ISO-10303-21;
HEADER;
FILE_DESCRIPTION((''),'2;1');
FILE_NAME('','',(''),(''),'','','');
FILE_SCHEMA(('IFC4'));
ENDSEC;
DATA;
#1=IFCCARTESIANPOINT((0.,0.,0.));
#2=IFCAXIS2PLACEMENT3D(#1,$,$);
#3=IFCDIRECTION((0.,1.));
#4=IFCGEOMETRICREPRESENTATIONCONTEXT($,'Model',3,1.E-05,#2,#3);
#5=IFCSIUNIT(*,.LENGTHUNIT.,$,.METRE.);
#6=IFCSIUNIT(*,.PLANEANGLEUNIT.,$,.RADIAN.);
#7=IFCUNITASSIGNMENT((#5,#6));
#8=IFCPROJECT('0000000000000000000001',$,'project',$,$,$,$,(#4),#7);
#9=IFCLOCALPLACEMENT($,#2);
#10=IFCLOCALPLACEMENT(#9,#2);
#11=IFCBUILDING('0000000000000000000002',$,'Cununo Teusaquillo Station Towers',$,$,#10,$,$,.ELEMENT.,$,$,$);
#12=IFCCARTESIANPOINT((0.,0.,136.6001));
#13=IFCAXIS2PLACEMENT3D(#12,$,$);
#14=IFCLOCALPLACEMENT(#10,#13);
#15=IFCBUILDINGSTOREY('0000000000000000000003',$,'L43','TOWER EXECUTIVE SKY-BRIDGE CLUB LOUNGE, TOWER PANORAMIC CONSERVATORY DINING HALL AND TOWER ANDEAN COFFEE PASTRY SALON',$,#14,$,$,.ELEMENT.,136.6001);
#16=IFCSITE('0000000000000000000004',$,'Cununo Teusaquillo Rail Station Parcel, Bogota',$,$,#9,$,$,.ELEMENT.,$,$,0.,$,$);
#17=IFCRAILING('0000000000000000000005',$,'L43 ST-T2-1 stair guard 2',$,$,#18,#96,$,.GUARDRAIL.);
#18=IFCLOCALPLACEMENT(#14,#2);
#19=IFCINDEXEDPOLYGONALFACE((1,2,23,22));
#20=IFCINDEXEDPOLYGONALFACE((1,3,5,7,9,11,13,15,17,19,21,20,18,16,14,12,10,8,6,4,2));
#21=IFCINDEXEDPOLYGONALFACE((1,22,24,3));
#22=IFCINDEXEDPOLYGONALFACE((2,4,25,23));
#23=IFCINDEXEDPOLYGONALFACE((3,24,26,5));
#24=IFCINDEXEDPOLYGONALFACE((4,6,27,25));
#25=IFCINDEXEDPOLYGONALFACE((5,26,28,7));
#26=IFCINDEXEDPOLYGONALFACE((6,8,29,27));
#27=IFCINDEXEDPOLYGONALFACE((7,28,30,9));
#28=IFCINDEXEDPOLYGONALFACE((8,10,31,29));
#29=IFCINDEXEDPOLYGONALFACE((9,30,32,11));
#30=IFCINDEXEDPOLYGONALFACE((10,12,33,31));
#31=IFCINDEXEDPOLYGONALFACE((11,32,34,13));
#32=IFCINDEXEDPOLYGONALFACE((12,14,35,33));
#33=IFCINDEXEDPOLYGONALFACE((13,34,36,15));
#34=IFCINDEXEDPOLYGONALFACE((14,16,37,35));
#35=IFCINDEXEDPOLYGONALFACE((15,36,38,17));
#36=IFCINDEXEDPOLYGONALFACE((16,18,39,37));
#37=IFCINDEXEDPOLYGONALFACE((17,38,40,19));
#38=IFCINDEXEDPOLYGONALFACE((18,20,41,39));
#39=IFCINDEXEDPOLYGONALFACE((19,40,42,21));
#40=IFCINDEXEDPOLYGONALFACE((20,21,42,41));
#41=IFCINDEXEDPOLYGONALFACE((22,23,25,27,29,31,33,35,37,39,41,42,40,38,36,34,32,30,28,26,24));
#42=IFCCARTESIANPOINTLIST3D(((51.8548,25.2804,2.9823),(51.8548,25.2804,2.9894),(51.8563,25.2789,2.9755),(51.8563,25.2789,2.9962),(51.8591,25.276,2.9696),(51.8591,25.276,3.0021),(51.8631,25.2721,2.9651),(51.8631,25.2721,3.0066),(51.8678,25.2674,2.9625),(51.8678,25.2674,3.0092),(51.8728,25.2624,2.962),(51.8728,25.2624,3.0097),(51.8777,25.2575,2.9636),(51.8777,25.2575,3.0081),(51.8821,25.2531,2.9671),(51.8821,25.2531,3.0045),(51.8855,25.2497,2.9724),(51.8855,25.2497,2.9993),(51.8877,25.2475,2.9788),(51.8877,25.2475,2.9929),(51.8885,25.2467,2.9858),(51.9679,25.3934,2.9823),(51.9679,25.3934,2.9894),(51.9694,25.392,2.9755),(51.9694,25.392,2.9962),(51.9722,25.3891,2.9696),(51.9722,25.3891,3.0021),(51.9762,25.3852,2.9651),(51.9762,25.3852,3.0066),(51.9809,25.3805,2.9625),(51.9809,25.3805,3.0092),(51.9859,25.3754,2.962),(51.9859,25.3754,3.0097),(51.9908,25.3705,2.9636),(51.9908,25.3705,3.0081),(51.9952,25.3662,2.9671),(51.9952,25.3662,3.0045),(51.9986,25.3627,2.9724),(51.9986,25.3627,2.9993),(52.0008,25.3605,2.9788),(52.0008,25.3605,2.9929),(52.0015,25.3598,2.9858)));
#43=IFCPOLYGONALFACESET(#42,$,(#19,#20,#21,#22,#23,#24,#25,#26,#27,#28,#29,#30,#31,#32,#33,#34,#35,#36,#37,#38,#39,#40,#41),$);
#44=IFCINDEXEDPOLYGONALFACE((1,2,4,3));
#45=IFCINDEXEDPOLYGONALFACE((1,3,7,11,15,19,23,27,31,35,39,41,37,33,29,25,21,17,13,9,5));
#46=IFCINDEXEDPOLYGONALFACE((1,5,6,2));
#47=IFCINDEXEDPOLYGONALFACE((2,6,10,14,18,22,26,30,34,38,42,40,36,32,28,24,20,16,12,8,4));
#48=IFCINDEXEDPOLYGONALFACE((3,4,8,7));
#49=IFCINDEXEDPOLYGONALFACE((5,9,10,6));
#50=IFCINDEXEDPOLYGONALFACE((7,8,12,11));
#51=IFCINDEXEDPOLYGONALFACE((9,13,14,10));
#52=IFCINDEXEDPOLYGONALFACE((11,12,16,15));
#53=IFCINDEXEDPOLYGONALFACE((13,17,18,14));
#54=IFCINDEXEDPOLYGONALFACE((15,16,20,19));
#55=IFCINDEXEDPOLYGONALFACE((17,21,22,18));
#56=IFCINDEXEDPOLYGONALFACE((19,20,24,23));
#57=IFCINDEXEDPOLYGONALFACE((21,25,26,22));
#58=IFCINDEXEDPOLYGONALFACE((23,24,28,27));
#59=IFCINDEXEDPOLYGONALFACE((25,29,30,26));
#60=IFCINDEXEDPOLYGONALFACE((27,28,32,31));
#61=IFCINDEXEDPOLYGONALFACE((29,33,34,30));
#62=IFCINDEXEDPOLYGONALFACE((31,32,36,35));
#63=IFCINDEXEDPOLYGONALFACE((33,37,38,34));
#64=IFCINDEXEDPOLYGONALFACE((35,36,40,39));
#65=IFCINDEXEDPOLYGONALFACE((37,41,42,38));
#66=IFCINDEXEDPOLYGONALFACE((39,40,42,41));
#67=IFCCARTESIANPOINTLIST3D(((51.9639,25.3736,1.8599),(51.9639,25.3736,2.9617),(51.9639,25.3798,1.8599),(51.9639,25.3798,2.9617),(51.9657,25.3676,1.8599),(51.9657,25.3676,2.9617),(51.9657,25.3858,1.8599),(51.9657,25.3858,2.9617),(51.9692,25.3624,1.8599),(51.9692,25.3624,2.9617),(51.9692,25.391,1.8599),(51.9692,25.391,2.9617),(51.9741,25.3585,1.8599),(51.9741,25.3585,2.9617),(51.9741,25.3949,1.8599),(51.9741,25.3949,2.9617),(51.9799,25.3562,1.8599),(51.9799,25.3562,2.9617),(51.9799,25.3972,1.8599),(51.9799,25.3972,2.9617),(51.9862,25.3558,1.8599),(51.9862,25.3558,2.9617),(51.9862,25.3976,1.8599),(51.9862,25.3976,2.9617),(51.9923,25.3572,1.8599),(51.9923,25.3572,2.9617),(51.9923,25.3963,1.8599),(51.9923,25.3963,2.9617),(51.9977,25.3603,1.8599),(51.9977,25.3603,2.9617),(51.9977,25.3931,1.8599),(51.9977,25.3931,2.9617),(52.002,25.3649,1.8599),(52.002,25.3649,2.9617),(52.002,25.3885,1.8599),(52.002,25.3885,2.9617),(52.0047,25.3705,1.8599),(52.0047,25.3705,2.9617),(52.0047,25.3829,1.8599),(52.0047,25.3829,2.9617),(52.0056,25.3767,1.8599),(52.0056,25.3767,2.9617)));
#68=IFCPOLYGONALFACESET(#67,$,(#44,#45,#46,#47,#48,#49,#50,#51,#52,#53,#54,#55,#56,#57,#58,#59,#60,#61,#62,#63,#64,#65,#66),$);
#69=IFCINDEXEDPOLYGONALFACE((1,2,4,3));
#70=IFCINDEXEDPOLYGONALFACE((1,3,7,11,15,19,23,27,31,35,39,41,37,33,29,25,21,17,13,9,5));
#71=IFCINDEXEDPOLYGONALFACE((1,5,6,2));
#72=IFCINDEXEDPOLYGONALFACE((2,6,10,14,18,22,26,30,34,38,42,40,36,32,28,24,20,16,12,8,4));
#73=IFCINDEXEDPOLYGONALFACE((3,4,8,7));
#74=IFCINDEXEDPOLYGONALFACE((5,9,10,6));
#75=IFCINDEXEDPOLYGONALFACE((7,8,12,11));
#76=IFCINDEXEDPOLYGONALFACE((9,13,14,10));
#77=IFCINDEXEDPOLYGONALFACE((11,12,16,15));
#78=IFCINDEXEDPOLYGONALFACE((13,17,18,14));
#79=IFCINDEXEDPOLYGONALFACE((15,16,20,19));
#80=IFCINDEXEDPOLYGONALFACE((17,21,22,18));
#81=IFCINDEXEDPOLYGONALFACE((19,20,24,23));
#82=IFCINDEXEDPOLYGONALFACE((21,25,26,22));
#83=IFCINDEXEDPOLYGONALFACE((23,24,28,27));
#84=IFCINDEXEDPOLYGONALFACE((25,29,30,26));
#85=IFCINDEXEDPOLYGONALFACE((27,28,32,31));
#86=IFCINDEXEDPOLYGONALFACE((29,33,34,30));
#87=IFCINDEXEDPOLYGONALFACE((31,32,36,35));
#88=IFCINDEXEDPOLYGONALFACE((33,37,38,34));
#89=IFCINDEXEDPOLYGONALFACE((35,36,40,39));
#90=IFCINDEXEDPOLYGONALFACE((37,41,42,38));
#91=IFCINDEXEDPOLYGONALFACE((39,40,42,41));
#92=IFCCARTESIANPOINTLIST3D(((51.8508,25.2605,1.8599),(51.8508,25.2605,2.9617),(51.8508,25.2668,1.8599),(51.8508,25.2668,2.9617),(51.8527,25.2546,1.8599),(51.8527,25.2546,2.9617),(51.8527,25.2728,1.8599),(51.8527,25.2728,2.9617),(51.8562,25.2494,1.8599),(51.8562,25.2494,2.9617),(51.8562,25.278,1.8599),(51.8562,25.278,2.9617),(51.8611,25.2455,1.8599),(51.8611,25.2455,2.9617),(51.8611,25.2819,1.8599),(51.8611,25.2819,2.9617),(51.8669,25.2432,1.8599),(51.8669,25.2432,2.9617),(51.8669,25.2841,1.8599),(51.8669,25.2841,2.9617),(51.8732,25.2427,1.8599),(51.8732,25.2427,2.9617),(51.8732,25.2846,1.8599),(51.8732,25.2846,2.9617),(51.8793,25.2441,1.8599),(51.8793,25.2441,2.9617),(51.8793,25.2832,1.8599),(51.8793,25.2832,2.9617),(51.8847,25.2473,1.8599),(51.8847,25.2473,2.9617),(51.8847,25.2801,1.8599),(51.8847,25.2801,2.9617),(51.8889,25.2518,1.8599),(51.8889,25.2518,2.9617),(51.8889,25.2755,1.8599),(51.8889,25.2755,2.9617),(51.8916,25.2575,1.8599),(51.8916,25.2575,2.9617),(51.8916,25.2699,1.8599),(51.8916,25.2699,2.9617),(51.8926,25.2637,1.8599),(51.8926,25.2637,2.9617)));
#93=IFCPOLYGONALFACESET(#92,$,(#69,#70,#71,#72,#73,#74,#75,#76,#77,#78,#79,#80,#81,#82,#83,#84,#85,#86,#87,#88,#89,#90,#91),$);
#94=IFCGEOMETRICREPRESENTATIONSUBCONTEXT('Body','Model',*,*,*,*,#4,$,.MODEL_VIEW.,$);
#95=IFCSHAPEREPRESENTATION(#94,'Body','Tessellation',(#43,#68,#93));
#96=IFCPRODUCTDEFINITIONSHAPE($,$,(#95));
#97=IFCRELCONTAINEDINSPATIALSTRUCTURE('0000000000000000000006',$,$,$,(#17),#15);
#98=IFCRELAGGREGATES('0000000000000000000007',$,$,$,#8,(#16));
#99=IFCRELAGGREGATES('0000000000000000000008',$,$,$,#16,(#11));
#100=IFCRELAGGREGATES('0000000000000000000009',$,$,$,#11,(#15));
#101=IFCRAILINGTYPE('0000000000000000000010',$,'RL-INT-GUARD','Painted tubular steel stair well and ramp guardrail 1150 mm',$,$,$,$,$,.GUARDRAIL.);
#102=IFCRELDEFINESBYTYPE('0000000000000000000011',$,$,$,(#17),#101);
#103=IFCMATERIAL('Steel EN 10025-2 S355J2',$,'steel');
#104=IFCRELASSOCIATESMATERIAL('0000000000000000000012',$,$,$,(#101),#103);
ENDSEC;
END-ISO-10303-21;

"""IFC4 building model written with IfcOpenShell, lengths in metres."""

from ifc_helpers import new_model, si_unit, direction, frame, origin, origin_2d, place, context, subcontext, project, spatial, circle, extrude, material, type_object, element, save


model = new_model("IFC4")

# Units and contexts
model_context = context("Model", 3, precision=1e-05, world=origin(), true_north=direction((0.0, 1.0)))
body_context = subcontext(model_context, "Body", "Model", "MODEL_VIEW")
ifc_project = project(units=[si_unit("LENGTHUNIT", "METRE"), si_unit("PLANEANGLEUNIT", "RADIAN")], contexts=[model_context])

# Site, building, storey
site_placement = place(None, origin())
site = spatial("IfcSite", under=ifc_project, at=site_placement, Name="Cununo Teusaquillo Rail Station Parcel, Bogota", CompositionType="ELEMENT", RefElevation=0.0)
building_placement = place(site_placement, origin())
building = spatial("IfcBuilding", under=site, at=building_placement, Name="Cununo Teusaquillo Station Towers", CompositionType="ELEMENT")
storey_placement = place(building_placement, frame((0.0, 0.0, 136.6001)))
storey = spatial("IfcBuildingStorey", under=building, at=storey_placement, Name="L43", Description="TOWER EXECUTIVE SKY-BRIDGE CLUB LOUNGE, TOWER PANORAMIC CONSERVATORY DINING HALL AND TOWER ANDEAN COFFEE PASTRY SALON", CompositionType="ELEMENT", Elevation=136.6001)

# Railing
ifc_material_1 = material(Name="Steel EN 10025-2 S355J2", Category="steel")
railing_type = type_object("IfcRailingType", Name="RL-INT-GUARD", Description="Painted tubular steel stair well and ramp guardrail 1150 mm", PredefinedType="GUARDRAIL", material=ifc_material_1)
railing_1_placement = place(storey_placement, frame((51.9846, 25.3767, 1.8599)))
element("IfcRailing", 1, at=railing_1_placement, inside=storey, type_object=railing_type, Name="L43 ST-T2-1 stair guard 2", PredefinedType="GUARDRAIL", context=body_context, shape_type="SweptSolid", body=[
    extrude(circle(Radius=0.0239, at=origin_2d()), frame((0.0, 0.0, 1.126), z_axis=(-0.707107, -0.707107, 0.0), x_axis=(0.707107, -0.707107, 0.0)), (0.0, 0.0, 1.0), 0.1599),
    extrude(circle(Radius=0.021, at=origin_2d()), origin(), (0.0, 0.0, 1.0), 1.1018),
    extrude(circle(Radius=0.021, at=origin_2d()), frame((-0.113, -0.113, 0.0)), (0.0, 0.0, 1.0), 1.1018),
])

save(model, "model.ifc")
